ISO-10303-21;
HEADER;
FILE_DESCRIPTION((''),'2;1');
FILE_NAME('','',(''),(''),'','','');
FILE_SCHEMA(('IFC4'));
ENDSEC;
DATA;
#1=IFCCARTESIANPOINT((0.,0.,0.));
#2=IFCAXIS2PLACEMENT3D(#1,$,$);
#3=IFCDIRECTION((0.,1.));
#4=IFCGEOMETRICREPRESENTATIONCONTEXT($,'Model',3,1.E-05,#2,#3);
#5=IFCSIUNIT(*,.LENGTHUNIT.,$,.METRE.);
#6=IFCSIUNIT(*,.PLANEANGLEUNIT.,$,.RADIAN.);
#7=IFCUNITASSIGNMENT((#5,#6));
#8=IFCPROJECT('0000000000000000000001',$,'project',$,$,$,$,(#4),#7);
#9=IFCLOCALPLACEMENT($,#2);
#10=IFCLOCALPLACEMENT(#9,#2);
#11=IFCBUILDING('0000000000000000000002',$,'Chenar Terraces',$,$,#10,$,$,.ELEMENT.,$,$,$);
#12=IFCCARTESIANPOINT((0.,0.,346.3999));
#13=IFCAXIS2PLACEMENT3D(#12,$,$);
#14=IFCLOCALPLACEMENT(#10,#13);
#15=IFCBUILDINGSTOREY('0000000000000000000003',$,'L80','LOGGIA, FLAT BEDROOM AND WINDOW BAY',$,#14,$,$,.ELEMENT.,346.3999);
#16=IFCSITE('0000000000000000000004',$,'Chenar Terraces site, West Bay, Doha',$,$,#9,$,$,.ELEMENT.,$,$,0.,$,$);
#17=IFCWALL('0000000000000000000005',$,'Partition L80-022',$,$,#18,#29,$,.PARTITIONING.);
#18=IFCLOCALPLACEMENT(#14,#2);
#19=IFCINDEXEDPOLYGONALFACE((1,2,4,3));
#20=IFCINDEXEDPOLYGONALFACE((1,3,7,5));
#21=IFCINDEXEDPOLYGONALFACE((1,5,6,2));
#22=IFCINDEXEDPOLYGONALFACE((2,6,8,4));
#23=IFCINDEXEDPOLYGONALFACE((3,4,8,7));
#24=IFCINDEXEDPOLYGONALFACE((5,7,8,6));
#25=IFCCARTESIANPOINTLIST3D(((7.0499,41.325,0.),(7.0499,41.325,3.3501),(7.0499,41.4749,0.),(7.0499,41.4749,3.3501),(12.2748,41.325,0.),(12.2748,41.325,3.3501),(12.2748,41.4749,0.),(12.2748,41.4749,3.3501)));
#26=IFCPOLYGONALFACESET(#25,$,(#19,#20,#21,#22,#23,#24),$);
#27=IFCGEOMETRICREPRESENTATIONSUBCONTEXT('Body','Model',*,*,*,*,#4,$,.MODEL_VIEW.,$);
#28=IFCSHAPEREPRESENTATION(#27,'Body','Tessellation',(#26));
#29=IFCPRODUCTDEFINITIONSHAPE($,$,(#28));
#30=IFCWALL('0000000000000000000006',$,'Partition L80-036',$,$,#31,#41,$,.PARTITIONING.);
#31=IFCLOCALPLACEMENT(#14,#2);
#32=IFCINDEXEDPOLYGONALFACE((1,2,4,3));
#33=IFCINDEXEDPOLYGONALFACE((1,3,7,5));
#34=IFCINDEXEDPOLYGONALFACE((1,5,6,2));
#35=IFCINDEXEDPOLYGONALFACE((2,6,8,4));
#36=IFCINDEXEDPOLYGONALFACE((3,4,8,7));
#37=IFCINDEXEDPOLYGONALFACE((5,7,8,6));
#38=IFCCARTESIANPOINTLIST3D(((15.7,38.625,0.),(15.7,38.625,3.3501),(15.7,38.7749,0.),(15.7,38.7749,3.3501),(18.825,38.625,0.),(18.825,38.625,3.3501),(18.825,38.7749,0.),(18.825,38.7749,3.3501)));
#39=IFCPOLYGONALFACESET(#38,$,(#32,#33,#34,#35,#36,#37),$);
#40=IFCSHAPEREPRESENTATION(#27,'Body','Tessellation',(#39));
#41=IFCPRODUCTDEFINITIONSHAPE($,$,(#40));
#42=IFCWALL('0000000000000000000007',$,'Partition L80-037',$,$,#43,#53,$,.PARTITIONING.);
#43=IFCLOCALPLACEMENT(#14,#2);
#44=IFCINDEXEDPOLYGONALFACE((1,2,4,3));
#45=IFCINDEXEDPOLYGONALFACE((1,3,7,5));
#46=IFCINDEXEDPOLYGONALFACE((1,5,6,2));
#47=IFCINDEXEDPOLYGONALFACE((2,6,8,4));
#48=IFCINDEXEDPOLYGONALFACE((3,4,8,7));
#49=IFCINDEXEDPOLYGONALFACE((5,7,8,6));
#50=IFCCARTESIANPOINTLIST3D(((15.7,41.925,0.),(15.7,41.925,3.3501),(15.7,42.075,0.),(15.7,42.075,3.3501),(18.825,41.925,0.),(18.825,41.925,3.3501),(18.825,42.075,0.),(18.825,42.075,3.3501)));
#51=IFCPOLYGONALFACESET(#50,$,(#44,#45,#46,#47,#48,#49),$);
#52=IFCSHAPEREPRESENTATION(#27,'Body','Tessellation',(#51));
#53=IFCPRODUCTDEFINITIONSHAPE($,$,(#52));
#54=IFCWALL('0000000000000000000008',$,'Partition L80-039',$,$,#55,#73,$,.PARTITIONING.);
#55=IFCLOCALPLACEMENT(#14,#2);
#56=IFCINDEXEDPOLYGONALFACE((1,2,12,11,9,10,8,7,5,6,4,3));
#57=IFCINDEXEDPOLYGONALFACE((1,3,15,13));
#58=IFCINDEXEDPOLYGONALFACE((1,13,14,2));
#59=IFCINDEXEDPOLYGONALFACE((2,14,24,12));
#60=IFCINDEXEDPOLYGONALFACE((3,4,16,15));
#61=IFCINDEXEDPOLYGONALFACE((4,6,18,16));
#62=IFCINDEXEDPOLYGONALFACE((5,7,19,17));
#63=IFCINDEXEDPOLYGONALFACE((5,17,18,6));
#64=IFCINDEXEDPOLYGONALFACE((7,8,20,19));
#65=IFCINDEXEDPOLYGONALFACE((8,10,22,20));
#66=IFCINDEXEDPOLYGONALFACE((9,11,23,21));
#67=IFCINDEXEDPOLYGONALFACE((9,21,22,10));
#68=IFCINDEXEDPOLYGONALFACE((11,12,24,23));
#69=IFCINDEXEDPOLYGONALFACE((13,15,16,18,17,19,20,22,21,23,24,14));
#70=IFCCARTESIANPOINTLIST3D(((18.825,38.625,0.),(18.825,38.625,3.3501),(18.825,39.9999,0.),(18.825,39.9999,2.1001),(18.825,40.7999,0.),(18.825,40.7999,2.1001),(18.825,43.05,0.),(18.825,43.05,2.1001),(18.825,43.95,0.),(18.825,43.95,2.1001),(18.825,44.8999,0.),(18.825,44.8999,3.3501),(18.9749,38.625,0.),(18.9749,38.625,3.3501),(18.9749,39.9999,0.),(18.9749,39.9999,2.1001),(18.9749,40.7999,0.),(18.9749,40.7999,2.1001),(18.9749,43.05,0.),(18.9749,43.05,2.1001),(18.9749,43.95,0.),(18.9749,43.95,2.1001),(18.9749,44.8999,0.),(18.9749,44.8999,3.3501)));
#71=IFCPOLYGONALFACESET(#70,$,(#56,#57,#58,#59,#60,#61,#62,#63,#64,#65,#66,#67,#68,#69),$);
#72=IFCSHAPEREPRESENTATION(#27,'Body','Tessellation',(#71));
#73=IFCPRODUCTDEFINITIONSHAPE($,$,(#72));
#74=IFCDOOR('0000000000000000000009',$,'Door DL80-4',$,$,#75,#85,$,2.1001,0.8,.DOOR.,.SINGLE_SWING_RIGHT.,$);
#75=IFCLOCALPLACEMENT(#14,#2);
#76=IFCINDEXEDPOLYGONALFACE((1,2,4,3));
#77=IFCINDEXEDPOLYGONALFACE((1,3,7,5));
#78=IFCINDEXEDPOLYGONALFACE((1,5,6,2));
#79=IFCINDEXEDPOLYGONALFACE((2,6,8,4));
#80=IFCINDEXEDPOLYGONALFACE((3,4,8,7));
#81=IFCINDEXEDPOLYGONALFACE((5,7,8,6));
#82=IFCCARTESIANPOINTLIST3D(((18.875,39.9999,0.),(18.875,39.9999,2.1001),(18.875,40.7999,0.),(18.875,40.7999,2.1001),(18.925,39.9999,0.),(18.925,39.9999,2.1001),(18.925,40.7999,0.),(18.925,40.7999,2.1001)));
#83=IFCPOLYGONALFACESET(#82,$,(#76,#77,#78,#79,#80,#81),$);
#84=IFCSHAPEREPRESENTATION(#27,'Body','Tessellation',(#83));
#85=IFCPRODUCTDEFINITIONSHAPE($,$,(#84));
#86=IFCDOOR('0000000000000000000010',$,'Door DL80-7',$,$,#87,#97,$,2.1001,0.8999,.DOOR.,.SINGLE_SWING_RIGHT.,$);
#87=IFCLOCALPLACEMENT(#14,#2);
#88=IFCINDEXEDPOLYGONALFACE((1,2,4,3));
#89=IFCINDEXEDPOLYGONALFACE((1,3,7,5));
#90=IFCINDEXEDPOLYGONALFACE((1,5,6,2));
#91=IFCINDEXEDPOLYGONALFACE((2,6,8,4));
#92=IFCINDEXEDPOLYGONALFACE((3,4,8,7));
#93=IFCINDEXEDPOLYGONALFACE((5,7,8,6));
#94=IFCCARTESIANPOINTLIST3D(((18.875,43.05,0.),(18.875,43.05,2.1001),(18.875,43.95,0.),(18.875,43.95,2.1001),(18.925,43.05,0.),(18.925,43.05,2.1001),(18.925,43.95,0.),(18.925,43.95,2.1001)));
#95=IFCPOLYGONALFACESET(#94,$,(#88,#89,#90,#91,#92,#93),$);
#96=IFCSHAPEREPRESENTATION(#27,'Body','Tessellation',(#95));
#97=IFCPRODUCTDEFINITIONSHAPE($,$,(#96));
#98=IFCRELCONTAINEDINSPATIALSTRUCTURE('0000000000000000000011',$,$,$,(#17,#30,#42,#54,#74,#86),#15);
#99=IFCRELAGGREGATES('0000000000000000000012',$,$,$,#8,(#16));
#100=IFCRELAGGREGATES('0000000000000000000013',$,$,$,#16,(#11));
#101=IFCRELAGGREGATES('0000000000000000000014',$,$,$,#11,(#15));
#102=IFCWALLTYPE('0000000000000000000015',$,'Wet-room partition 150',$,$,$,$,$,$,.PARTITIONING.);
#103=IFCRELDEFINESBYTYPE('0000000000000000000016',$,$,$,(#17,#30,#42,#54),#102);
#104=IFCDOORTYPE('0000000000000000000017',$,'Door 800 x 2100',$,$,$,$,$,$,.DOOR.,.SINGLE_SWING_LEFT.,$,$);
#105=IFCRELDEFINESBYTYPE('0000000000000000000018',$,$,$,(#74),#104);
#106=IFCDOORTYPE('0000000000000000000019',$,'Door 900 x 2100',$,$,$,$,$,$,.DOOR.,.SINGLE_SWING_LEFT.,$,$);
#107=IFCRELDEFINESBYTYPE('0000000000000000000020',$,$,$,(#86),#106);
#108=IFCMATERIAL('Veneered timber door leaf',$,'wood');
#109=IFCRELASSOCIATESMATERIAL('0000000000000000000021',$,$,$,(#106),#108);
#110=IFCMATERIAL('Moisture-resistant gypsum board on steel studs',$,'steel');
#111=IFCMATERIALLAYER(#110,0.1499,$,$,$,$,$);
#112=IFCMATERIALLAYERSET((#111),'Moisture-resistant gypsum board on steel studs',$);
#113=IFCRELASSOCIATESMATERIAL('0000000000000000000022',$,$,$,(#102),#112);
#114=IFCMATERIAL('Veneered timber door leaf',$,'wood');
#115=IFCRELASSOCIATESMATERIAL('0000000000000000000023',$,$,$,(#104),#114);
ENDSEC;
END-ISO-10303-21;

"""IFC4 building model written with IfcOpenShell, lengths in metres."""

from ifc_helpers import new_model, si_unit, direction, frame, frame_2d, origin, place, context, subcontext, project, spatial, rectangle, extrude, material, layer, layer_set, type_object, element, fill, save


model = new_model("IFC4")

# Units and contexts
model_context = context("Model", 3, precision=1e-05, world=origin(), true_north=direction((0.0, 1.0)))
body_context = subcontext(model_context, "Body", "Model", "MODEL_VIEW")
ifc_project = project(units=[si_unit("LENGTHUNIT", "METRE"), si_unit("PLANEANGLEUNIT", "RADIAN")], contexts=[model_context])

# Site, building, storey
site_placement = place(None, origin())
site = spatial("IfcSite", under=ifc_project, at=site_placement, Name="Chenar Terraces site, West Bay, Doha", CompositionType="ELEMENT", RefElevation=0.0)
building_placement = place(site_placement, origin())
building = spatial("IfcBuilding", under=site, at=building_placement, Name="Chenar Terraces", CompositionType="ELEMENT")
storey_placement = place(building_placement, frame((0.0, 0.0, 346.3999)))
storey = spatial("IfcBuildingStorey", under=building, at=storey_placement, Name="L80", Description="LOGGIA, FLAT BEDROOM AND WINDOW BAY", CompositionType="ELEMENT", Elevation=346.3999)

# Shared definitions
ifc_material_1 = material(Name="Veneered timber door leaf", Category="wood")
door_type_1 = type_object("IfcDoorType", Name="Door 900 x 2100", OperationType="SINGLE_SWING_LEFT", PredefinedType="DOOR", material=ifc_material_1)

# Shared definitions
ifc_material_2 = material(Name="Moisture-resistant gypsum board on steel studs", Category="steel")
ifc_layer_1 = layer(ifc_material_2, 0.1499)
ifc_layer_set_1 = layer_set([ifc_layer_1], Name="Moisture-resistant gypsum board on steel studs")
wall_type_1 = type_object("IfcWallType", Name="Wet-room partition 150", PredefinedType="PARTITIONING", material=ifc_layer_set_1)
ifc_material_3 = material(Name="Veneered timber door leaf", Category="wood")
door_type_2 = type_object("IfcDoorType", Name="Door 800 x 2100", OperationType="SINGLE_SWING_LEFT", PredefinedType="DOOR", material=ifc_material_3)

# Walls
for number, where, z_axis, x_axis, name in (
    (1, (7.05, 41.3999, 0.0), (0.0, 0.0, 1.0), (1.0, 0.0, 0.0), "Partition L80-022"),
):
    element("IfcWall", number, at=place(storey_placement, frame(where, z_axis=z_axis, x_axis=x_axis)), inside=storey, type_object=wall_type_1, Name=name, PredefinedType="PARTITIONING", context=body_context, shape_type="SweptSolid", body=[
        extrude(rectangle(XDim=5.2249, YDim=0.1499, at=frame_2d((2.6123, 0.0))), origin(), (0.0, 0.0, 1.0), 3.3501),
    ])
for number, where, z_axis, x_axis, name in (
    (2, (15.7, 38.7, 0.0), (0.0, 0.0, 1.0), (1.0, 0.0, 0.0), "Partition L80-036"),
    (3, (15.7, 42.0, 0.0), (0.0, 0.0, 1.0), (1.0, 0.0, 0.0), "Partition L80-037"),
):
    element("IfcWall", number, at=place(storey_placement, frame(where, z_axis=z_axis, x_axis=x_axis)), inside=storey, type_object=wall_type_1, Name=name, PredefinedType="PARTITIONING", context=body_context, shape_type="SweptSolid", body=[
        extrude(rectangle(XDim=3.125, YDim=0.1499, at=frame_2d((1.5625, 0.0))), origin(), (0.0, 0.0, 1.0), 3.3501),
    ])

# Wall, openings, doors
wall_1_placement = place(storey_placement, frame((18.8999, 38.625, 0.0), z_axis=(0.0, 0.0, 1.0), x_axis=(0.0, 1.0, 0.0)))
wall_1 = element("IfcWall", 4, at=wall_1_placement, inside=storey, type_object=wall_type_1, Name="Partition L80-039", PredefinedType="PARTITIONING", context=body_context, shape_type="SweptSolid", body=[
    extrude(rectangle(XDim=6.2749, YDim=0.1499, at=frame_2d((3.1375, 0.0))), origin(), (0.0, 0.0, 1.0), 3.3501),
])
opening_1_placement = place(wall_1_placement, frame((1.375, 0.0, 0.0)))
opening_1 = element("IfcOpeningElement", 5, at=opening_1_placement, cuts=wall_1, PredefinedType="OPENING", context=body_context, shape_type="SweptSolid", body=[
    extrude(rectangle(XDim=0.8, YDim=2.1001, at=frame_2d((0.3999, 1.05))), frame((0.0, 0.085, 0.0), z_axis=(0.0, -1.0, 0.0), x_axis=(1.0, 0.0, 0.0)), (0.0, 0.0, 1.0), 0.1699),
])
opening_2_placement = place(wall_1_placement, frame((4.425, 0.0, 0.0)))
opening_2 = element("IfcOpeningElement", 6, at=opening_2_placement, cuts=wall_1, PredefinedType="OPENING", context=body_context, shape_type="SweptSolid", body=[
    extrude(rectangle(XDim=0.8999, YDim=2.1001, at=frame_2d((0.45, 1.05))), frame((0.0, 0.085, 0.0), z_axis=(0.0, -1.0, 0.0), x_axis=(1.0, 0.0, 0.0)), (0.0, 0.0, 1.0), 0.1699),
])
door_1_placement = place(opening_1_placement, origin())
door_1 = element("IfcDoor", 7, at=door_1_placement, inside=storey, type_object=door_type_2, Name="Door DL80-4", OperationType="SINGLE_SWING_RIGHT", OverallHeight=2.1001, OverallWidth=0.8, PredefinedType="DOOR", context=body_context, shape_type="SweptSolid", body=[
    extrude(rectangle(XDim=0.8, YDim=2.1001, at=frame_2d((0.3999, 1.05))), frame((0.0, 0.0249, 0.0), z_axis=(0.0, -1.0, 0.0), x_axis=(1.0, 0.0, 0.0)), (0.0, 0.0, 1.0), 0.05),
])
fill(opening_1, door_1)
door_2_placement = place(opening_2_placement, origin())
door_2 = element("IfcDoor", 8, at=door_2_placement, inside=storey, type_object=door_type_1, Name="Door DL80-7", OperationType="SINGLE_SWING_RIGHT", OverallHeight=2.1001, OverallWidth=0.8999, PredefinedType="DOOR", context=body_context, shape_type="SweptSolid", body=[
    extrude(rectangle(XDim=0.8999, YDim=2.1001, at=frame_2d((0.45, 1.05))), frame((0.0, 0.0249, 0.0), z_axis=(0.0, -1.0, 0.0), x_axis=(1.0, 0.0, 0.0)), (0.0, 0.0, 1.0), 0.05),
])
fill(opening_2, door_2)

save(model, "model.ifc")
